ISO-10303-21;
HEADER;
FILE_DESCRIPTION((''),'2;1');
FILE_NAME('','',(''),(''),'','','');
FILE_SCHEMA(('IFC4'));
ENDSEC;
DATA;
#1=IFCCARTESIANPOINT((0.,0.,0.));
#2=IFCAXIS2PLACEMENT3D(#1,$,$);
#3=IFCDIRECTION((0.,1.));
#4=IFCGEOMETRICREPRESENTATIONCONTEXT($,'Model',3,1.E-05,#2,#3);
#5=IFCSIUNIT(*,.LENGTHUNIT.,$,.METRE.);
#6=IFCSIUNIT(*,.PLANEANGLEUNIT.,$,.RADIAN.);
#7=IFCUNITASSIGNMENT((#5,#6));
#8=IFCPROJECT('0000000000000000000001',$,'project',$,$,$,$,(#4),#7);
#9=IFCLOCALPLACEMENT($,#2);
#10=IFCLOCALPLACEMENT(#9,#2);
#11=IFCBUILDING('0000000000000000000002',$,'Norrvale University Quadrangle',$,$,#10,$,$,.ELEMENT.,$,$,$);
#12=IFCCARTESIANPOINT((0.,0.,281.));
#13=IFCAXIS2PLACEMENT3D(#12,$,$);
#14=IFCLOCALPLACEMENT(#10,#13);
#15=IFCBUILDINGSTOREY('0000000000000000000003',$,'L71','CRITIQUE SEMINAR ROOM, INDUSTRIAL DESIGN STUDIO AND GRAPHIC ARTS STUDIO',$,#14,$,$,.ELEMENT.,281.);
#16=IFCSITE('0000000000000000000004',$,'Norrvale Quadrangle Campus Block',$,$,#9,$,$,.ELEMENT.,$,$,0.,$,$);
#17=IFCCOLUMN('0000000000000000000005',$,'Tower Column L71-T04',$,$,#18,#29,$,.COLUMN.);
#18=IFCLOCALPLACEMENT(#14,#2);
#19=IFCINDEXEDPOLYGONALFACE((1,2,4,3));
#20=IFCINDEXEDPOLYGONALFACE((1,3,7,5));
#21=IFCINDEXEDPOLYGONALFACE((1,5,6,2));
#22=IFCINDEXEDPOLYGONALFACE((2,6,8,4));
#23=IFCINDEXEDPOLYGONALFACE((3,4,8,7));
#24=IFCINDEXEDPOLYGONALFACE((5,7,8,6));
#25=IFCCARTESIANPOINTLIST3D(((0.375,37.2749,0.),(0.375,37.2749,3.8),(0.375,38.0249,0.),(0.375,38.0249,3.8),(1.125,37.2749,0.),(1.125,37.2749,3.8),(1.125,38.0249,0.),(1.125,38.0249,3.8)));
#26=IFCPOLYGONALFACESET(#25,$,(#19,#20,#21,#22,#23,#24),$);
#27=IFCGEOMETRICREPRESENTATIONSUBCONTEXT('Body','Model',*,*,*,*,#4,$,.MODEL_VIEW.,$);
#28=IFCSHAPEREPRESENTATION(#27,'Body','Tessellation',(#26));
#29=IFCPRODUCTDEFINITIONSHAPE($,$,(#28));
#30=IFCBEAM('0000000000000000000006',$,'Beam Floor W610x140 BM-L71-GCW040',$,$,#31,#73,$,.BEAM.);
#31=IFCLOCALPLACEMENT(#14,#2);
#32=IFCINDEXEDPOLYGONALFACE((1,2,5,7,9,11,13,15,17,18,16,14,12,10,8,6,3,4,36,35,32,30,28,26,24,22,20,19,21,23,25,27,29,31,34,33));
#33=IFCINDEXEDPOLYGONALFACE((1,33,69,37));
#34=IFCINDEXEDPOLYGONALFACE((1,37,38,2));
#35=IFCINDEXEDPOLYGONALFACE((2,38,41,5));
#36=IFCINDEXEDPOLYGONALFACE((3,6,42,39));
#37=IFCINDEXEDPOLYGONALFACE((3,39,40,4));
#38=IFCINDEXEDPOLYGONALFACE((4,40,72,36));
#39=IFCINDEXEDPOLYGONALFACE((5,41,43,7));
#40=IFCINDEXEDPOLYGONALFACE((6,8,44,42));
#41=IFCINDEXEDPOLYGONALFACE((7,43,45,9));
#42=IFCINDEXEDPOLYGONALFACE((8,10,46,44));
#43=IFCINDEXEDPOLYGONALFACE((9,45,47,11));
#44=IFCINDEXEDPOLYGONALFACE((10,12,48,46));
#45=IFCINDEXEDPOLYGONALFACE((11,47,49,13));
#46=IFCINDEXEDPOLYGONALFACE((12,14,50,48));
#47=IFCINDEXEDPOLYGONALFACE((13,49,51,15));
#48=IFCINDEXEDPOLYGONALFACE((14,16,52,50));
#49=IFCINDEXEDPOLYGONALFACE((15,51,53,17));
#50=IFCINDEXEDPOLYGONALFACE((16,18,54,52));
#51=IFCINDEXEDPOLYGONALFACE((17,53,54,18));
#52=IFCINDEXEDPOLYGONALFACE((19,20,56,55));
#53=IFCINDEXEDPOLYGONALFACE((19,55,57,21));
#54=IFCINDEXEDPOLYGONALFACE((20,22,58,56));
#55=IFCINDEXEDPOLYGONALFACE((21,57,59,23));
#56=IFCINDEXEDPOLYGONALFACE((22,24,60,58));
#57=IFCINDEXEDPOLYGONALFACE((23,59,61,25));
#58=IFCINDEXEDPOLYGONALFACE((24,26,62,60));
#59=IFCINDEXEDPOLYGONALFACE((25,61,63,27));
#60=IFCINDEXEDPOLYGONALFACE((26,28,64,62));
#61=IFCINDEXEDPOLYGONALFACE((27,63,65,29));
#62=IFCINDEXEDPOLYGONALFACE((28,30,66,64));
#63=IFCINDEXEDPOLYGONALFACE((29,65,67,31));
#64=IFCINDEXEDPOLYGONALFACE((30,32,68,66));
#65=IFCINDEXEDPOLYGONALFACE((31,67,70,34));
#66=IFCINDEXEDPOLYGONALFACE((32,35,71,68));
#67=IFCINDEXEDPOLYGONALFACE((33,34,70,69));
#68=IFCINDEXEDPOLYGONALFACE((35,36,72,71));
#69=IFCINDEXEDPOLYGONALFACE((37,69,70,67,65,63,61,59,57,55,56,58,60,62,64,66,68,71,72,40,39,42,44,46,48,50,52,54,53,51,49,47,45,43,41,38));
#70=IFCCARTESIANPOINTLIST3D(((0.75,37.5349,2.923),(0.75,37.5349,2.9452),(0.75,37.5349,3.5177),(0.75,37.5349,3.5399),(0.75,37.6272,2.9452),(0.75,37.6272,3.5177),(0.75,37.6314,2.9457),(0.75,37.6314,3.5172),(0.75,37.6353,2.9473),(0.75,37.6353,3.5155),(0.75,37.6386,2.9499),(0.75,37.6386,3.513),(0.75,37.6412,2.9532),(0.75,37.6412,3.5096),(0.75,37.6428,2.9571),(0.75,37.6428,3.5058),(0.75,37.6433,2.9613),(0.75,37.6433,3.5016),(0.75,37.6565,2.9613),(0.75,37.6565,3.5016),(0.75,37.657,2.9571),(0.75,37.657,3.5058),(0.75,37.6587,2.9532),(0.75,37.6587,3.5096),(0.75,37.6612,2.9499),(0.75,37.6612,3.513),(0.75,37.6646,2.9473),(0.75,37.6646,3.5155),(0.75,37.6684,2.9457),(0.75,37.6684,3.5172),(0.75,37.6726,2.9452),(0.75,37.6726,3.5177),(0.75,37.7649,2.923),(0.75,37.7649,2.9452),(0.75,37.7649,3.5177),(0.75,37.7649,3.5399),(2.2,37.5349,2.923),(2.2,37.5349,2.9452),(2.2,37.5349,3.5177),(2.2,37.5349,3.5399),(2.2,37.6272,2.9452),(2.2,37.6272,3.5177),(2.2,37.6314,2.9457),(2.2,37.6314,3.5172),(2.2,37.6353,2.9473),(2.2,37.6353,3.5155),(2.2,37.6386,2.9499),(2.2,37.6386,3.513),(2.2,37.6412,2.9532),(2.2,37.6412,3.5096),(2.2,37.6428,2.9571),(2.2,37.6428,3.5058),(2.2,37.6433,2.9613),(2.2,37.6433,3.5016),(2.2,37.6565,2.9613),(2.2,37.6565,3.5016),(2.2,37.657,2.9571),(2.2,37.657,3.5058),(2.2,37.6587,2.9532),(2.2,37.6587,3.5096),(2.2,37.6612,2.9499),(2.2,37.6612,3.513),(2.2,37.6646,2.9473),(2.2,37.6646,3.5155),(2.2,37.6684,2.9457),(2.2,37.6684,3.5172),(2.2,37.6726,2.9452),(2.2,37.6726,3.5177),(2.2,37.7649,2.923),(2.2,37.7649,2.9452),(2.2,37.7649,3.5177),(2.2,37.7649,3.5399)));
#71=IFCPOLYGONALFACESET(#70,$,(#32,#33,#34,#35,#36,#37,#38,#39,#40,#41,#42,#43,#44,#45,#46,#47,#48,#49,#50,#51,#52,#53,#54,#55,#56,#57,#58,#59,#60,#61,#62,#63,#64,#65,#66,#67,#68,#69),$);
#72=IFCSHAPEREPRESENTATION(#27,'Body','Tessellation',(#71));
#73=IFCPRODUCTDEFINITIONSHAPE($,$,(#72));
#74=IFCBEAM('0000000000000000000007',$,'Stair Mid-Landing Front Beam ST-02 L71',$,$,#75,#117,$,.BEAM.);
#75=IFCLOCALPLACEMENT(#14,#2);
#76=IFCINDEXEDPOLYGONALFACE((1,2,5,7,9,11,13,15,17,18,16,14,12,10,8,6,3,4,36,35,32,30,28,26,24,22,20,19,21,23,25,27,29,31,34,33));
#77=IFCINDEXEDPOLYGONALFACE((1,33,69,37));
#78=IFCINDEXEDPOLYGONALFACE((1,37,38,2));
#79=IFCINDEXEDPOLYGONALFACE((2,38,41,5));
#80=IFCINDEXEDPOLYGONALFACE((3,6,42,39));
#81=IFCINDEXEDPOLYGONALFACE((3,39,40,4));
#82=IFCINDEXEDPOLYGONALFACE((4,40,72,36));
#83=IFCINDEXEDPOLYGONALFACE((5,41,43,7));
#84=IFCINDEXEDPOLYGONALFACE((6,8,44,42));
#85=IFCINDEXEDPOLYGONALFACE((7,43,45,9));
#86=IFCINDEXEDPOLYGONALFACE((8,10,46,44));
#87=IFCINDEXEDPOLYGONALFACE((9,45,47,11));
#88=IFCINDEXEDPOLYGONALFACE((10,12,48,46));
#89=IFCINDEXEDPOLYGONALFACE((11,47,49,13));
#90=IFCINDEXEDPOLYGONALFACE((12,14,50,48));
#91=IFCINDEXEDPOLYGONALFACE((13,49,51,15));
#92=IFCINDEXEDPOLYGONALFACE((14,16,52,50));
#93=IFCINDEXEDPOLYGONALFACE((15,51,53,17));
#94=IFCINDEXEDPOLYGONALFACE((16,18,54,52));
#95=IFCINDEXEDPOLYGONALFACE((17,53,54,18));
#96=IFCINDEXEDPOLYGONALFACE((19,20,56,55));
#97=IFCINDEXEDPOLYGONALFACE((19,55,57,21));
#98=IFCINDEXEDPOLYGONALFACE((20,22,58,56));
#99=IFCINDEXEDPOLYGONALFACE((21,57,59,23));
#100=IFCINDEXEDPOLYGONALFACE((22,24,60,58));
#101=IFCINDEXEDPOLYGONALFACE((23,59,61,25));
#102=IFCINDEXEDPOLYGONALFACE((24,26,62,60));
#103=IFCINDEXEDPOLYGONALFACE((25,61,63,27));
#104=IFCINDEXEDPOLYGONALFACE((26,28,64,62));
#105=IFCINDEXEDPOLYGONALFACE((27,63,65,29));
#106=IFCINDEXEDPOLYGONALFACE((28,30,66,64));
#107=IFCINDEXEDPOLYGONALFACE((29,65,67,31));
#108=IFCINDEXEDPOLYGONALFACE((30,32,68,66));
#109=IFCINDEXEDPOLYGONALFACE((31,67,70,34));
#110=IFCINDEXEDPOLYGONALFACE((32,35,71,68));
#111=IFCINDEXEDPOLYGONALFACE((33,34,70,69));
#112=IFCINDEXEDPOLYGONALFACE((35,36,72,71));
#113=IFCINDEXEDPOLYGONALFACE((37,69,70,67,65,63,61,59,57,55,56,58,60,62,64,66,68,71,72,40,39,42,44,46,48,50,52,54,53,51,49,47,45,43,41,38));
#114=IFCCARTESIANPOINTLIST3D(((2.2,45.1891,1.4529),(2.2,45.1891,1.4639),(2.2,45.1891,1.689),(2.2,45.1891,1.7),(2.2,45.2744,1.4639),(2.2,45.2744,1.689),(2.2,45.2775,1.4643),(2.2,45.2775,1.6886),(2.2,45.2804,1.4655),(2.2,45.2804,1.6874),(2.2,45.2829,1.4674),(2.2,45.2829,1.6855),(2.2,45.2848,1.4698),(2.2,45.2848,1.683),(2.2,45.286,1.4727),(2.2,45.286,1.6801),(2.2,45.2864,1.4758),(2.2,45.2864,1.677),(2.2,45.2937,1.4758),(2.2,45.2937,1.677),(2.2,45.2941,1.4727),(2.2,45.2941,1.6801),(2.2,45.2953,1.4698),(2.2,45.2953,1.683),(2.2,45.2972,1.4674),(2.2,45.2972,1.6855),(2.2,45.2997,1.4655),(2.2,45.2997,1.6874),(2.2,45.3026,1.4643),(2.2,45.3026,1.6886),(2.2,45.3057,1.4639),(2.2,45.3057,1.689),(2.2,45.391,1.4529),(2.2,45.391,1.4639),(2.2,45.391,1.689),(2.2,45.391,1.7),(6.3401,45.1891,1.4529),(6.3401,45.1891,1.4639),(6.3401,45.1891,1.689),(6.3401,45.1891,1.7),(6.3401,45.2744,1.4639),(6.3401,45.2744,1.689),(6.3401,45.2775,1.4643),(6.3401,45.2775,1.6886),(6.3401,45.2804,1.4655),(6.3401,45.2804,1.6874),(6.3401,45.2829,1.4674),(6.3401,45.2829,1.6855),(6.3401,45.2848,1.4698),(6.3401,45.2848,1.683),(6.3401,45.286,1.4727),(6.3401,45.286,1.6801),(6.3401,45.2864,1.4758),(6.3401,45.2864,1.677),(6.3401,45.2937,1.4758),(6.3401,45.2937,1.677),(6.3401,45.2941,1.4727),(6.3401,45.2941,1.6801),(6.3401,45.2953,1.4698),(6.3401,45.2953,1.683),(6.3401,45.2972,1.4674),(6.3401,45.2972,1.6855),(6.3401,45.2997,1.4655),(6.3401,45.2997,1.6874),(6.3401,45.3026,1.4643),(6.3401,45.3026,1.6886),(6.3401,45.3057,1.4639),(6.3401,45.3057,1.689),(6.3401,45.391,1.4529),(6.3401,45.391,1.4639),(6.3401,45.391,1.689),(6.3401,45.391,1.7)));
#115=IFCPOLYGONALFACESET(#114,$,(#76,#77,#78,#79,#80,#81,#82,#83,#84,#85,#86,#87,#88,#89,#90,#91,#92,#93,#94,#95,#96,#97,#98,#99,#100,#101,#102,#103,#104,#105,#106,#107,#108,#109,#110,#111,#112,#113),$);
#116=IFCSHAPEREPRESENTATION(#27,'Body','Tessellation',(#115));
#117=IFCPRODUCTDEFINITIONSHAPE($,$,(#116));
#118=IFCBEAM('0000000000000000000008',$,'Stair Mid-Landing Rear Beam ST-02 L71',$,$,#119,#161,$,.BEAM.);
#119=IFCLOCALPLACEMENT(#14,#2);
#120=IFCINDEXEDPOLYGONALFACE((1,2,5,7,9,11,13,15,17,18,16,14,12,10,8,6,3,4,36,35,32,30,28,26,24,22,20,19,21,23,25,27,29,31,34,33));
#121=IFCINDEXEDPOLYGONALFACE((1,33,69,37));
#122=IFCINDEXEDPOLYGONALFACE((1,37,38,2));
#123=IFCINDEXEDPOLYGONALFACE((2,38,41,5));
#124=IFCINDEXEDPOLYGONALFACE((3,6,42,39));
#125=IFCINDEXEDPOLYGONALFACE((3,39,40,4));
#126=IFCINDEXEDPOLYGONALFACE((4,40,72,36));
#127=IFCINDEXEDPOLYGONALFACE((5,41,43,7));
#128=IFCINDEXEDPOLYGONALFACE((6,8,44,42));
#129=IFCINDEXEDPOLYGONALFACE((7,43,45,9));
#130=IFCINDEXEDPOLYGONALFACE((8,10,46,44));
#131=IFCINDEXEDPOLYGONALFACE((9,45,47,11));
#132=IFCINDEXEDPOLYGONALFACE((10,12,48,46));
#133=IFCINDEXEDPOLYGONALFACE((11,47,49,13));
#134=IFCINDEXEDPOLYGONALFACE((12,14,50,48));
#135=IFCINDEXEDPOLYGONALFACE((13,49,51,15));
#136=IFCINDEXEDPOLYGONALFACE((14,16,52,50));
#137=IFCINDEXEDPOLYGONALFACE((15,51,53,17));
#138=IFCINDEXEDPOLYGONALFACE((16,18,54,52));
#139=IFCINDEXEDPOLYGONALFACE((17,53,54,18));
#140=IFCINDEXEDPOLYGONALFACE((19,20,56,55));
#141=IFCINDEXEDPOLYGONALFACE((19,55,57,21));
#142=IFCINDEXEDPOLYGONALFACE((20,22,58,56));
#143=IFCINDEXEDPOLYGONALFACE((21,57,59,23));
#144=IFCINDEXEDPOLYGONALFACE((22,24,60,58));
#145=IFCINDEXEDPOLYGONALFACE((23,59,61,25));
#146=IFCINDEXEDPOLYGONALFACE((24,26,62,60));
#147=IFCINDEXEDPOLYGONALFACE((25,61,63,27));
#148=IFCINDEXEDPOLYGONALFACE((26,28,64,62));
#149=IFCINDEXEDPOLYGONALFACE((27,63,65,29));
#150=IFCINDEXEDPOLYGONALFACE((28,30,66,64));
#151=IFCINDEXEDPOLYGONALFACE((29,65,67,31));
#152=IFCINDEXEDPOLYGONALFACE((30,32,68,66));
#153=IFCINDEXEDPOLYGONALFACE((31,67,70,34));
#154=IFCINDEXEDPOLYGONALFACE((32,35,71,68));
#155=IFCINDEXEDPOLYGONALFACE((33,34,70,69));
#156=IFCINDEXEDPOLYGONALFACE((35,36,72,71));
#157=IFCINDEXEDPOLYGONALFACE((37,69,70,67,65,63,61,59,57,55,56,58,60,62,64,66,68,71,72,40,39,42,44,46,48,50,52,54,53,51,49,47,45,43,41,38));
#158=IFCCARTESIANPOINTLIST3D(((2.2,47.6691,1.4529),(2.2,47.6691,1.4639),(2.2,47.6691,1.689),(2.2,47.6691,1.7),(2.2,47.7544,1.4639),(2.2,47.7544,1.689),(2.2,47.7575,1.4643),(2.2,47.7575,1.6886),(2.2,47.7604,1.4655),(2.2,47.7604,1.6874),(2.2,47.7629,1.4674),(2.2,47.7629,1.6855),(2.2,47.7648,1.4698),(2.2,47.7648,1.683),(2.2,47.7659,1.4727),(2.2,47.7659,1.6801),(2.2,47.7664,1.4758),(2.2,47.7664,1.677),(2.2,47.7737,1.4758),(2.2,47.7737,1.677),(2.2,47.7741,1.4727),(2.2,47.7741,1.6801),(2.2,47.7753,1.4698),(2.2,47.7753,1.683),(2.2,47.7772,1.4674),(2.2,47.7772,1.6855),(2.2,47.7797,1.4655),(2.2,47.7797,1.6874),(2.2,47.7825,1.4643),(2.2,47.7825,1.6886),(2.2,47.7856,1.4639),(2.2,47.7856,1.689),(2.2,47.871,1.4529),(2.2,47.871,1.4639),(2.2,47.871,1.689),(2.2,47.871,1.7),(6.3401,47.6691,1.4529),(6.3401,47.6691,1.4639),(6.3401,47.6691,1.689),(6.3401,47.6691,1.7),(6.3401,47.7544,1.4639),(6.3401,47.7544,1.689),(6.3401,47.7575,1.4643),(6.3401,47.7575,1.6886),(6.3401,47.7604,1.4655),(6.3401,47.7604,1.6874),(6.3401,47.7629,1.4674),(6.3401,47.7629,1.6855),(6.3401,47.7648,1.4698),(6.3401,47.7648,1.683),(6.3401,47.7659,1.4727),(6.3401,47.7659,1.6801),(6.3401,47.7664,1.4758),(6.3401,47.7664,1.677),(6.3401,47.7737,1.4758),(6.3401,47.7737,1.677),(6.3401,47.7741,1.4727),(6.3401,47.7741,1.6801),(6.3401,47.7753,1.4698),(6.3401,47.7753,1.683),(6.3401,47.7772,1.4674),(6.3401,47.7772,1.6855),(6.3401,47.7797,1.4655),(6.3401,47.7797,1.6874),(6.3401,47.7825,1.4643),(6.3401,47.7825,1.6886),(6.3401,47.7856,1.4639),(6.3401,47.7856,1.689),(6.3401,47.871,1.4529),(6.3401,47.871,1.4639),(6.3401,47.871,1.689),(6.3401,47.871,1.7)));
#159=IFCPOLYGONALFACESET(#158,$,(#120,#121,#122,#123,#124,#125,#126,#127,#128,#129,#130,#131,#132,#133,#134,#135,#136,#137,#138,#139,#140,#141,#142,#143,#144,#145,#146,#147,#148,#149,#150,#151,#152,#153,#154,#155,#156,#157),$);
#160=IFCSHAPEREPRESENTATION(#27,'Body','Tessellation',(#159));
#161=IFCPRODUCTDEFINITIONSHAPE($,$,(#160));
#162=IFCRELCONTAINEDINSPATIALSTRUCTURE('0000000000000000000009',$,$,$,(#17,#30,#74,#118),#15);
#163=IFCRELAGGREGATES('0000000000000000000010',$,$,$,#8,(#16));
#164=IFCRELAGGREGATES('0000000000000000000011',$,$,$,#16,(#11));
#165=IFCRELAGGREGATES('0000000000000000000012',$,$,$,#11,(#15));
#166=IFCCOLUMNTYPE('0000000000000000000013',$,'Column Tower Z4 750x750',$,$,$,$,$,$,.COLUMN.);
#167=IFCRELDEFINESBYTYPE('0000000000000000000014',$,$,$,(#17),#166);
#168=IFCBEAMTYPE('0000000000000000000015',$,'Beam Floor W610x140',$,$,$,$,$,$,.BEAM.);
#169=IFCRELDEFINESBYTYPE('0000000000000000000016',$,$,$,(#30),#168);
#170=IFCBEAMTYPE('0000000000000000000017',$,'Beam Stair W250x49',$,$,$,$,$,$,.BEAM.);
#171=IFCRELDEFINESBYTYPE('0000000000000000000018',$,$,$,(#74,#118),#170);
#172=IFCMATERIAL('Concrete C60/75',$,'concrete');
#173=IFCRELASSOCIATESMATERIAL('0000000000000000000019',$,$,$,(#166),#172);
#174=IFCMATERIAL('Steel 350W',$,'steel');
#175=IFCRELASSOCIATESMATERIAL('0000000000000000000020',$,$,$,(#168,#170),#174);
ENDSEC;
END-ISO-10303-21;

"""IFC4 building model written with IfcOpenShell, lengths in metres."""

from ifc_helpers import new_model, si_unit, direction, frame, origin, origin_2d, place, context, subcontext, project, spatial, rectangle, i_section, extrude, material, material_profile, profile_set, type_object, element, save


model = new_model("IFC4")

# Units and contexts
model_context = context("Model", 3, precision=1e-05, world=origin(), true_north=direction((0.0, 1.0)))
body_context = subcontext(model_context, "Body", "Model", "MODEL_VIEW")
ifc_project = project(units=[si_unit("LENGTHUNIT", "METRE"), si_unit("PLANEANGLEUNIT", "RADIAN")], contexts=[model_context])

# Site, building, storey
site_placement = place(None, origin())
site = spatial("IfcSite", under=ifc_project, at=site_placement, Name="Norrvale Quadrangle Campus Block", CompositionType="ELEMENT", RefElevation=0.0)
building_placement = place(site_placement, origin())
building = spatial("IfcBuilding", under=site, at=building_placement, Name="Norrvale University Quadrangle", CompositionType="ELEMENT")
storey_placement = place(building_placement, frame((0.0, 0.0, 281.0)))
storey = spatial("IfcBuildingStorey", under=building, at=storey_placement, Name="L71", Description="CRITIQUE SEMINAR ROOM, INDUSTRIAL DESIGN STUDIO AND GRAPHIC ARTS STUDIO", CompositionType="ELEMENT", Elevation=281.0)

# Column
ifc_material_1 = material(Name="Concrete C60/75", Category="concrete")
ifc_material_profile_1 = material_profile(ifc_material_1, rectangle(XDim=0.75, YDim=0.75, at=origin_2d()), Name="Concrete C60/75")
ifc_profile_set_1 = profile_set([ifc_material_profile_1], Name="Concrete C60/75")
column_type = type_object("IfcColumnType", Name="Column Tower Z4 750x750", PredefinedType="COLUMN", material=ifc_profile_set_1)
column_placement = place(storey_placement, frame((0.75, 37.6499, 0.0), z_axis=(0.0, 0.0, 1.0), x_axis=(1.0, 0.0, 0.0)))
element("IfcColumn", 1, at=column_placement, inside=storey, type_object=column_type, Name="Tower Column L71-T04", PredefinedType="COLUMN", context=body_context, shape_type="SweptSolid", body=[
    extrude(rectangle(XDim=0.75, YDim=0.75, at=origin_2d()), origin(), (0.0, 0.0, 1.0), 3.8),
])

# Beams
ifc_material_2 = material(Name="Steel 350W", Category="steel")
ifc_material_profile_2 = material_profile(ifc_material_2, i_section(OverallWidth=0.23, OverallDepth=0.6169, WebThickness=0.0132, FlangeThickness=0.0222, FilletRadius=0.0161, at=origin_2d()), Name="Steel 350W")
ifc_profile_set_2 = profile_set([ifc_material_profile_2], Name="Steel 350W")
beam_type_1 = type_object("IfcBeamType", Name="Beam Floor W610x140", PredefinedType="BEAM", material=ifc_profile_set_2)
beam_1_placement = place(storey_placement, frame((0.75, 37.6499, 3.2314), z_axis=(1.0, 0.0, 0.0), x_axis=(0.0, 1.0, 0.0)))
element("IfcBeam", 2, at=beam_1_placement, inside=storey, type_object=beam_type_1, Name="Beam Floor W610x140 BM-L71-GCW040", PredefinedType="BEAM", context=body_context, shape_type="SweptSolid", body=[
    extrude(i_section(OverallWidth=0.23, OverallDepth=0.6169, WebThickness=0.0132, FlangeThickness=0.0222, FilletRadius=0.0161, at=origin_2d()), origin(), (0.0, 0.0, 1.0), 1.45),
])
ifc_material_profile_3 = material_profile(ifc_material_2, i_section(OverallWidth=0.2019, OverallDepth=0.2471, WebThickness=0.0073, FlangeThickness=0.011, FilletRadius=0.012, at=origin_2d()), Name="Steel 350W")
ifc_profile_set_3 = profile_set([ifc_material_profile_3], Name="Steel 350W")
beam_type_2 = type_object("IfcBeamType", Name="Beam Stair W250x49", PredefinedType="BEAM", material=ifc_profile_set_3)
for number, where, z_axis, x_axis, name in (
    (3, (2.2, 45.29, 1.5764), (1.0, 0.0, 0.0), (0.0, 1.0, 0.0), "Stair Mid-Landing Front Beam ST-02 L71"),
    (4, (2.2, 47.77, 1.5764), (1.0, 0.0, 0.0), (0.0, 1.0, 0.0), "Stair Mid-Landing Rear Beam ST-02 L71"),
):
    element("IfcBeam", number, at=place(storey_placement, frame(where, z_axis=z_axis, x_axis=x_axis)), inside=storey, type_object=beam_type_2, Name=name, PredefinedType="BEAM", context=body_context, shape_type="SweptSolid", body=[
        extrude(i_section(OverallWidth=0.2019, OverallDepth=0.2471, WebThickness=0.0073, FlangeThickness=0.011, FilletRadius=0.012, at=origin_2d()), origin(), (0.0, 0.0, 1.0), 4.1401),
    ])

save(model, "model.ifc")
